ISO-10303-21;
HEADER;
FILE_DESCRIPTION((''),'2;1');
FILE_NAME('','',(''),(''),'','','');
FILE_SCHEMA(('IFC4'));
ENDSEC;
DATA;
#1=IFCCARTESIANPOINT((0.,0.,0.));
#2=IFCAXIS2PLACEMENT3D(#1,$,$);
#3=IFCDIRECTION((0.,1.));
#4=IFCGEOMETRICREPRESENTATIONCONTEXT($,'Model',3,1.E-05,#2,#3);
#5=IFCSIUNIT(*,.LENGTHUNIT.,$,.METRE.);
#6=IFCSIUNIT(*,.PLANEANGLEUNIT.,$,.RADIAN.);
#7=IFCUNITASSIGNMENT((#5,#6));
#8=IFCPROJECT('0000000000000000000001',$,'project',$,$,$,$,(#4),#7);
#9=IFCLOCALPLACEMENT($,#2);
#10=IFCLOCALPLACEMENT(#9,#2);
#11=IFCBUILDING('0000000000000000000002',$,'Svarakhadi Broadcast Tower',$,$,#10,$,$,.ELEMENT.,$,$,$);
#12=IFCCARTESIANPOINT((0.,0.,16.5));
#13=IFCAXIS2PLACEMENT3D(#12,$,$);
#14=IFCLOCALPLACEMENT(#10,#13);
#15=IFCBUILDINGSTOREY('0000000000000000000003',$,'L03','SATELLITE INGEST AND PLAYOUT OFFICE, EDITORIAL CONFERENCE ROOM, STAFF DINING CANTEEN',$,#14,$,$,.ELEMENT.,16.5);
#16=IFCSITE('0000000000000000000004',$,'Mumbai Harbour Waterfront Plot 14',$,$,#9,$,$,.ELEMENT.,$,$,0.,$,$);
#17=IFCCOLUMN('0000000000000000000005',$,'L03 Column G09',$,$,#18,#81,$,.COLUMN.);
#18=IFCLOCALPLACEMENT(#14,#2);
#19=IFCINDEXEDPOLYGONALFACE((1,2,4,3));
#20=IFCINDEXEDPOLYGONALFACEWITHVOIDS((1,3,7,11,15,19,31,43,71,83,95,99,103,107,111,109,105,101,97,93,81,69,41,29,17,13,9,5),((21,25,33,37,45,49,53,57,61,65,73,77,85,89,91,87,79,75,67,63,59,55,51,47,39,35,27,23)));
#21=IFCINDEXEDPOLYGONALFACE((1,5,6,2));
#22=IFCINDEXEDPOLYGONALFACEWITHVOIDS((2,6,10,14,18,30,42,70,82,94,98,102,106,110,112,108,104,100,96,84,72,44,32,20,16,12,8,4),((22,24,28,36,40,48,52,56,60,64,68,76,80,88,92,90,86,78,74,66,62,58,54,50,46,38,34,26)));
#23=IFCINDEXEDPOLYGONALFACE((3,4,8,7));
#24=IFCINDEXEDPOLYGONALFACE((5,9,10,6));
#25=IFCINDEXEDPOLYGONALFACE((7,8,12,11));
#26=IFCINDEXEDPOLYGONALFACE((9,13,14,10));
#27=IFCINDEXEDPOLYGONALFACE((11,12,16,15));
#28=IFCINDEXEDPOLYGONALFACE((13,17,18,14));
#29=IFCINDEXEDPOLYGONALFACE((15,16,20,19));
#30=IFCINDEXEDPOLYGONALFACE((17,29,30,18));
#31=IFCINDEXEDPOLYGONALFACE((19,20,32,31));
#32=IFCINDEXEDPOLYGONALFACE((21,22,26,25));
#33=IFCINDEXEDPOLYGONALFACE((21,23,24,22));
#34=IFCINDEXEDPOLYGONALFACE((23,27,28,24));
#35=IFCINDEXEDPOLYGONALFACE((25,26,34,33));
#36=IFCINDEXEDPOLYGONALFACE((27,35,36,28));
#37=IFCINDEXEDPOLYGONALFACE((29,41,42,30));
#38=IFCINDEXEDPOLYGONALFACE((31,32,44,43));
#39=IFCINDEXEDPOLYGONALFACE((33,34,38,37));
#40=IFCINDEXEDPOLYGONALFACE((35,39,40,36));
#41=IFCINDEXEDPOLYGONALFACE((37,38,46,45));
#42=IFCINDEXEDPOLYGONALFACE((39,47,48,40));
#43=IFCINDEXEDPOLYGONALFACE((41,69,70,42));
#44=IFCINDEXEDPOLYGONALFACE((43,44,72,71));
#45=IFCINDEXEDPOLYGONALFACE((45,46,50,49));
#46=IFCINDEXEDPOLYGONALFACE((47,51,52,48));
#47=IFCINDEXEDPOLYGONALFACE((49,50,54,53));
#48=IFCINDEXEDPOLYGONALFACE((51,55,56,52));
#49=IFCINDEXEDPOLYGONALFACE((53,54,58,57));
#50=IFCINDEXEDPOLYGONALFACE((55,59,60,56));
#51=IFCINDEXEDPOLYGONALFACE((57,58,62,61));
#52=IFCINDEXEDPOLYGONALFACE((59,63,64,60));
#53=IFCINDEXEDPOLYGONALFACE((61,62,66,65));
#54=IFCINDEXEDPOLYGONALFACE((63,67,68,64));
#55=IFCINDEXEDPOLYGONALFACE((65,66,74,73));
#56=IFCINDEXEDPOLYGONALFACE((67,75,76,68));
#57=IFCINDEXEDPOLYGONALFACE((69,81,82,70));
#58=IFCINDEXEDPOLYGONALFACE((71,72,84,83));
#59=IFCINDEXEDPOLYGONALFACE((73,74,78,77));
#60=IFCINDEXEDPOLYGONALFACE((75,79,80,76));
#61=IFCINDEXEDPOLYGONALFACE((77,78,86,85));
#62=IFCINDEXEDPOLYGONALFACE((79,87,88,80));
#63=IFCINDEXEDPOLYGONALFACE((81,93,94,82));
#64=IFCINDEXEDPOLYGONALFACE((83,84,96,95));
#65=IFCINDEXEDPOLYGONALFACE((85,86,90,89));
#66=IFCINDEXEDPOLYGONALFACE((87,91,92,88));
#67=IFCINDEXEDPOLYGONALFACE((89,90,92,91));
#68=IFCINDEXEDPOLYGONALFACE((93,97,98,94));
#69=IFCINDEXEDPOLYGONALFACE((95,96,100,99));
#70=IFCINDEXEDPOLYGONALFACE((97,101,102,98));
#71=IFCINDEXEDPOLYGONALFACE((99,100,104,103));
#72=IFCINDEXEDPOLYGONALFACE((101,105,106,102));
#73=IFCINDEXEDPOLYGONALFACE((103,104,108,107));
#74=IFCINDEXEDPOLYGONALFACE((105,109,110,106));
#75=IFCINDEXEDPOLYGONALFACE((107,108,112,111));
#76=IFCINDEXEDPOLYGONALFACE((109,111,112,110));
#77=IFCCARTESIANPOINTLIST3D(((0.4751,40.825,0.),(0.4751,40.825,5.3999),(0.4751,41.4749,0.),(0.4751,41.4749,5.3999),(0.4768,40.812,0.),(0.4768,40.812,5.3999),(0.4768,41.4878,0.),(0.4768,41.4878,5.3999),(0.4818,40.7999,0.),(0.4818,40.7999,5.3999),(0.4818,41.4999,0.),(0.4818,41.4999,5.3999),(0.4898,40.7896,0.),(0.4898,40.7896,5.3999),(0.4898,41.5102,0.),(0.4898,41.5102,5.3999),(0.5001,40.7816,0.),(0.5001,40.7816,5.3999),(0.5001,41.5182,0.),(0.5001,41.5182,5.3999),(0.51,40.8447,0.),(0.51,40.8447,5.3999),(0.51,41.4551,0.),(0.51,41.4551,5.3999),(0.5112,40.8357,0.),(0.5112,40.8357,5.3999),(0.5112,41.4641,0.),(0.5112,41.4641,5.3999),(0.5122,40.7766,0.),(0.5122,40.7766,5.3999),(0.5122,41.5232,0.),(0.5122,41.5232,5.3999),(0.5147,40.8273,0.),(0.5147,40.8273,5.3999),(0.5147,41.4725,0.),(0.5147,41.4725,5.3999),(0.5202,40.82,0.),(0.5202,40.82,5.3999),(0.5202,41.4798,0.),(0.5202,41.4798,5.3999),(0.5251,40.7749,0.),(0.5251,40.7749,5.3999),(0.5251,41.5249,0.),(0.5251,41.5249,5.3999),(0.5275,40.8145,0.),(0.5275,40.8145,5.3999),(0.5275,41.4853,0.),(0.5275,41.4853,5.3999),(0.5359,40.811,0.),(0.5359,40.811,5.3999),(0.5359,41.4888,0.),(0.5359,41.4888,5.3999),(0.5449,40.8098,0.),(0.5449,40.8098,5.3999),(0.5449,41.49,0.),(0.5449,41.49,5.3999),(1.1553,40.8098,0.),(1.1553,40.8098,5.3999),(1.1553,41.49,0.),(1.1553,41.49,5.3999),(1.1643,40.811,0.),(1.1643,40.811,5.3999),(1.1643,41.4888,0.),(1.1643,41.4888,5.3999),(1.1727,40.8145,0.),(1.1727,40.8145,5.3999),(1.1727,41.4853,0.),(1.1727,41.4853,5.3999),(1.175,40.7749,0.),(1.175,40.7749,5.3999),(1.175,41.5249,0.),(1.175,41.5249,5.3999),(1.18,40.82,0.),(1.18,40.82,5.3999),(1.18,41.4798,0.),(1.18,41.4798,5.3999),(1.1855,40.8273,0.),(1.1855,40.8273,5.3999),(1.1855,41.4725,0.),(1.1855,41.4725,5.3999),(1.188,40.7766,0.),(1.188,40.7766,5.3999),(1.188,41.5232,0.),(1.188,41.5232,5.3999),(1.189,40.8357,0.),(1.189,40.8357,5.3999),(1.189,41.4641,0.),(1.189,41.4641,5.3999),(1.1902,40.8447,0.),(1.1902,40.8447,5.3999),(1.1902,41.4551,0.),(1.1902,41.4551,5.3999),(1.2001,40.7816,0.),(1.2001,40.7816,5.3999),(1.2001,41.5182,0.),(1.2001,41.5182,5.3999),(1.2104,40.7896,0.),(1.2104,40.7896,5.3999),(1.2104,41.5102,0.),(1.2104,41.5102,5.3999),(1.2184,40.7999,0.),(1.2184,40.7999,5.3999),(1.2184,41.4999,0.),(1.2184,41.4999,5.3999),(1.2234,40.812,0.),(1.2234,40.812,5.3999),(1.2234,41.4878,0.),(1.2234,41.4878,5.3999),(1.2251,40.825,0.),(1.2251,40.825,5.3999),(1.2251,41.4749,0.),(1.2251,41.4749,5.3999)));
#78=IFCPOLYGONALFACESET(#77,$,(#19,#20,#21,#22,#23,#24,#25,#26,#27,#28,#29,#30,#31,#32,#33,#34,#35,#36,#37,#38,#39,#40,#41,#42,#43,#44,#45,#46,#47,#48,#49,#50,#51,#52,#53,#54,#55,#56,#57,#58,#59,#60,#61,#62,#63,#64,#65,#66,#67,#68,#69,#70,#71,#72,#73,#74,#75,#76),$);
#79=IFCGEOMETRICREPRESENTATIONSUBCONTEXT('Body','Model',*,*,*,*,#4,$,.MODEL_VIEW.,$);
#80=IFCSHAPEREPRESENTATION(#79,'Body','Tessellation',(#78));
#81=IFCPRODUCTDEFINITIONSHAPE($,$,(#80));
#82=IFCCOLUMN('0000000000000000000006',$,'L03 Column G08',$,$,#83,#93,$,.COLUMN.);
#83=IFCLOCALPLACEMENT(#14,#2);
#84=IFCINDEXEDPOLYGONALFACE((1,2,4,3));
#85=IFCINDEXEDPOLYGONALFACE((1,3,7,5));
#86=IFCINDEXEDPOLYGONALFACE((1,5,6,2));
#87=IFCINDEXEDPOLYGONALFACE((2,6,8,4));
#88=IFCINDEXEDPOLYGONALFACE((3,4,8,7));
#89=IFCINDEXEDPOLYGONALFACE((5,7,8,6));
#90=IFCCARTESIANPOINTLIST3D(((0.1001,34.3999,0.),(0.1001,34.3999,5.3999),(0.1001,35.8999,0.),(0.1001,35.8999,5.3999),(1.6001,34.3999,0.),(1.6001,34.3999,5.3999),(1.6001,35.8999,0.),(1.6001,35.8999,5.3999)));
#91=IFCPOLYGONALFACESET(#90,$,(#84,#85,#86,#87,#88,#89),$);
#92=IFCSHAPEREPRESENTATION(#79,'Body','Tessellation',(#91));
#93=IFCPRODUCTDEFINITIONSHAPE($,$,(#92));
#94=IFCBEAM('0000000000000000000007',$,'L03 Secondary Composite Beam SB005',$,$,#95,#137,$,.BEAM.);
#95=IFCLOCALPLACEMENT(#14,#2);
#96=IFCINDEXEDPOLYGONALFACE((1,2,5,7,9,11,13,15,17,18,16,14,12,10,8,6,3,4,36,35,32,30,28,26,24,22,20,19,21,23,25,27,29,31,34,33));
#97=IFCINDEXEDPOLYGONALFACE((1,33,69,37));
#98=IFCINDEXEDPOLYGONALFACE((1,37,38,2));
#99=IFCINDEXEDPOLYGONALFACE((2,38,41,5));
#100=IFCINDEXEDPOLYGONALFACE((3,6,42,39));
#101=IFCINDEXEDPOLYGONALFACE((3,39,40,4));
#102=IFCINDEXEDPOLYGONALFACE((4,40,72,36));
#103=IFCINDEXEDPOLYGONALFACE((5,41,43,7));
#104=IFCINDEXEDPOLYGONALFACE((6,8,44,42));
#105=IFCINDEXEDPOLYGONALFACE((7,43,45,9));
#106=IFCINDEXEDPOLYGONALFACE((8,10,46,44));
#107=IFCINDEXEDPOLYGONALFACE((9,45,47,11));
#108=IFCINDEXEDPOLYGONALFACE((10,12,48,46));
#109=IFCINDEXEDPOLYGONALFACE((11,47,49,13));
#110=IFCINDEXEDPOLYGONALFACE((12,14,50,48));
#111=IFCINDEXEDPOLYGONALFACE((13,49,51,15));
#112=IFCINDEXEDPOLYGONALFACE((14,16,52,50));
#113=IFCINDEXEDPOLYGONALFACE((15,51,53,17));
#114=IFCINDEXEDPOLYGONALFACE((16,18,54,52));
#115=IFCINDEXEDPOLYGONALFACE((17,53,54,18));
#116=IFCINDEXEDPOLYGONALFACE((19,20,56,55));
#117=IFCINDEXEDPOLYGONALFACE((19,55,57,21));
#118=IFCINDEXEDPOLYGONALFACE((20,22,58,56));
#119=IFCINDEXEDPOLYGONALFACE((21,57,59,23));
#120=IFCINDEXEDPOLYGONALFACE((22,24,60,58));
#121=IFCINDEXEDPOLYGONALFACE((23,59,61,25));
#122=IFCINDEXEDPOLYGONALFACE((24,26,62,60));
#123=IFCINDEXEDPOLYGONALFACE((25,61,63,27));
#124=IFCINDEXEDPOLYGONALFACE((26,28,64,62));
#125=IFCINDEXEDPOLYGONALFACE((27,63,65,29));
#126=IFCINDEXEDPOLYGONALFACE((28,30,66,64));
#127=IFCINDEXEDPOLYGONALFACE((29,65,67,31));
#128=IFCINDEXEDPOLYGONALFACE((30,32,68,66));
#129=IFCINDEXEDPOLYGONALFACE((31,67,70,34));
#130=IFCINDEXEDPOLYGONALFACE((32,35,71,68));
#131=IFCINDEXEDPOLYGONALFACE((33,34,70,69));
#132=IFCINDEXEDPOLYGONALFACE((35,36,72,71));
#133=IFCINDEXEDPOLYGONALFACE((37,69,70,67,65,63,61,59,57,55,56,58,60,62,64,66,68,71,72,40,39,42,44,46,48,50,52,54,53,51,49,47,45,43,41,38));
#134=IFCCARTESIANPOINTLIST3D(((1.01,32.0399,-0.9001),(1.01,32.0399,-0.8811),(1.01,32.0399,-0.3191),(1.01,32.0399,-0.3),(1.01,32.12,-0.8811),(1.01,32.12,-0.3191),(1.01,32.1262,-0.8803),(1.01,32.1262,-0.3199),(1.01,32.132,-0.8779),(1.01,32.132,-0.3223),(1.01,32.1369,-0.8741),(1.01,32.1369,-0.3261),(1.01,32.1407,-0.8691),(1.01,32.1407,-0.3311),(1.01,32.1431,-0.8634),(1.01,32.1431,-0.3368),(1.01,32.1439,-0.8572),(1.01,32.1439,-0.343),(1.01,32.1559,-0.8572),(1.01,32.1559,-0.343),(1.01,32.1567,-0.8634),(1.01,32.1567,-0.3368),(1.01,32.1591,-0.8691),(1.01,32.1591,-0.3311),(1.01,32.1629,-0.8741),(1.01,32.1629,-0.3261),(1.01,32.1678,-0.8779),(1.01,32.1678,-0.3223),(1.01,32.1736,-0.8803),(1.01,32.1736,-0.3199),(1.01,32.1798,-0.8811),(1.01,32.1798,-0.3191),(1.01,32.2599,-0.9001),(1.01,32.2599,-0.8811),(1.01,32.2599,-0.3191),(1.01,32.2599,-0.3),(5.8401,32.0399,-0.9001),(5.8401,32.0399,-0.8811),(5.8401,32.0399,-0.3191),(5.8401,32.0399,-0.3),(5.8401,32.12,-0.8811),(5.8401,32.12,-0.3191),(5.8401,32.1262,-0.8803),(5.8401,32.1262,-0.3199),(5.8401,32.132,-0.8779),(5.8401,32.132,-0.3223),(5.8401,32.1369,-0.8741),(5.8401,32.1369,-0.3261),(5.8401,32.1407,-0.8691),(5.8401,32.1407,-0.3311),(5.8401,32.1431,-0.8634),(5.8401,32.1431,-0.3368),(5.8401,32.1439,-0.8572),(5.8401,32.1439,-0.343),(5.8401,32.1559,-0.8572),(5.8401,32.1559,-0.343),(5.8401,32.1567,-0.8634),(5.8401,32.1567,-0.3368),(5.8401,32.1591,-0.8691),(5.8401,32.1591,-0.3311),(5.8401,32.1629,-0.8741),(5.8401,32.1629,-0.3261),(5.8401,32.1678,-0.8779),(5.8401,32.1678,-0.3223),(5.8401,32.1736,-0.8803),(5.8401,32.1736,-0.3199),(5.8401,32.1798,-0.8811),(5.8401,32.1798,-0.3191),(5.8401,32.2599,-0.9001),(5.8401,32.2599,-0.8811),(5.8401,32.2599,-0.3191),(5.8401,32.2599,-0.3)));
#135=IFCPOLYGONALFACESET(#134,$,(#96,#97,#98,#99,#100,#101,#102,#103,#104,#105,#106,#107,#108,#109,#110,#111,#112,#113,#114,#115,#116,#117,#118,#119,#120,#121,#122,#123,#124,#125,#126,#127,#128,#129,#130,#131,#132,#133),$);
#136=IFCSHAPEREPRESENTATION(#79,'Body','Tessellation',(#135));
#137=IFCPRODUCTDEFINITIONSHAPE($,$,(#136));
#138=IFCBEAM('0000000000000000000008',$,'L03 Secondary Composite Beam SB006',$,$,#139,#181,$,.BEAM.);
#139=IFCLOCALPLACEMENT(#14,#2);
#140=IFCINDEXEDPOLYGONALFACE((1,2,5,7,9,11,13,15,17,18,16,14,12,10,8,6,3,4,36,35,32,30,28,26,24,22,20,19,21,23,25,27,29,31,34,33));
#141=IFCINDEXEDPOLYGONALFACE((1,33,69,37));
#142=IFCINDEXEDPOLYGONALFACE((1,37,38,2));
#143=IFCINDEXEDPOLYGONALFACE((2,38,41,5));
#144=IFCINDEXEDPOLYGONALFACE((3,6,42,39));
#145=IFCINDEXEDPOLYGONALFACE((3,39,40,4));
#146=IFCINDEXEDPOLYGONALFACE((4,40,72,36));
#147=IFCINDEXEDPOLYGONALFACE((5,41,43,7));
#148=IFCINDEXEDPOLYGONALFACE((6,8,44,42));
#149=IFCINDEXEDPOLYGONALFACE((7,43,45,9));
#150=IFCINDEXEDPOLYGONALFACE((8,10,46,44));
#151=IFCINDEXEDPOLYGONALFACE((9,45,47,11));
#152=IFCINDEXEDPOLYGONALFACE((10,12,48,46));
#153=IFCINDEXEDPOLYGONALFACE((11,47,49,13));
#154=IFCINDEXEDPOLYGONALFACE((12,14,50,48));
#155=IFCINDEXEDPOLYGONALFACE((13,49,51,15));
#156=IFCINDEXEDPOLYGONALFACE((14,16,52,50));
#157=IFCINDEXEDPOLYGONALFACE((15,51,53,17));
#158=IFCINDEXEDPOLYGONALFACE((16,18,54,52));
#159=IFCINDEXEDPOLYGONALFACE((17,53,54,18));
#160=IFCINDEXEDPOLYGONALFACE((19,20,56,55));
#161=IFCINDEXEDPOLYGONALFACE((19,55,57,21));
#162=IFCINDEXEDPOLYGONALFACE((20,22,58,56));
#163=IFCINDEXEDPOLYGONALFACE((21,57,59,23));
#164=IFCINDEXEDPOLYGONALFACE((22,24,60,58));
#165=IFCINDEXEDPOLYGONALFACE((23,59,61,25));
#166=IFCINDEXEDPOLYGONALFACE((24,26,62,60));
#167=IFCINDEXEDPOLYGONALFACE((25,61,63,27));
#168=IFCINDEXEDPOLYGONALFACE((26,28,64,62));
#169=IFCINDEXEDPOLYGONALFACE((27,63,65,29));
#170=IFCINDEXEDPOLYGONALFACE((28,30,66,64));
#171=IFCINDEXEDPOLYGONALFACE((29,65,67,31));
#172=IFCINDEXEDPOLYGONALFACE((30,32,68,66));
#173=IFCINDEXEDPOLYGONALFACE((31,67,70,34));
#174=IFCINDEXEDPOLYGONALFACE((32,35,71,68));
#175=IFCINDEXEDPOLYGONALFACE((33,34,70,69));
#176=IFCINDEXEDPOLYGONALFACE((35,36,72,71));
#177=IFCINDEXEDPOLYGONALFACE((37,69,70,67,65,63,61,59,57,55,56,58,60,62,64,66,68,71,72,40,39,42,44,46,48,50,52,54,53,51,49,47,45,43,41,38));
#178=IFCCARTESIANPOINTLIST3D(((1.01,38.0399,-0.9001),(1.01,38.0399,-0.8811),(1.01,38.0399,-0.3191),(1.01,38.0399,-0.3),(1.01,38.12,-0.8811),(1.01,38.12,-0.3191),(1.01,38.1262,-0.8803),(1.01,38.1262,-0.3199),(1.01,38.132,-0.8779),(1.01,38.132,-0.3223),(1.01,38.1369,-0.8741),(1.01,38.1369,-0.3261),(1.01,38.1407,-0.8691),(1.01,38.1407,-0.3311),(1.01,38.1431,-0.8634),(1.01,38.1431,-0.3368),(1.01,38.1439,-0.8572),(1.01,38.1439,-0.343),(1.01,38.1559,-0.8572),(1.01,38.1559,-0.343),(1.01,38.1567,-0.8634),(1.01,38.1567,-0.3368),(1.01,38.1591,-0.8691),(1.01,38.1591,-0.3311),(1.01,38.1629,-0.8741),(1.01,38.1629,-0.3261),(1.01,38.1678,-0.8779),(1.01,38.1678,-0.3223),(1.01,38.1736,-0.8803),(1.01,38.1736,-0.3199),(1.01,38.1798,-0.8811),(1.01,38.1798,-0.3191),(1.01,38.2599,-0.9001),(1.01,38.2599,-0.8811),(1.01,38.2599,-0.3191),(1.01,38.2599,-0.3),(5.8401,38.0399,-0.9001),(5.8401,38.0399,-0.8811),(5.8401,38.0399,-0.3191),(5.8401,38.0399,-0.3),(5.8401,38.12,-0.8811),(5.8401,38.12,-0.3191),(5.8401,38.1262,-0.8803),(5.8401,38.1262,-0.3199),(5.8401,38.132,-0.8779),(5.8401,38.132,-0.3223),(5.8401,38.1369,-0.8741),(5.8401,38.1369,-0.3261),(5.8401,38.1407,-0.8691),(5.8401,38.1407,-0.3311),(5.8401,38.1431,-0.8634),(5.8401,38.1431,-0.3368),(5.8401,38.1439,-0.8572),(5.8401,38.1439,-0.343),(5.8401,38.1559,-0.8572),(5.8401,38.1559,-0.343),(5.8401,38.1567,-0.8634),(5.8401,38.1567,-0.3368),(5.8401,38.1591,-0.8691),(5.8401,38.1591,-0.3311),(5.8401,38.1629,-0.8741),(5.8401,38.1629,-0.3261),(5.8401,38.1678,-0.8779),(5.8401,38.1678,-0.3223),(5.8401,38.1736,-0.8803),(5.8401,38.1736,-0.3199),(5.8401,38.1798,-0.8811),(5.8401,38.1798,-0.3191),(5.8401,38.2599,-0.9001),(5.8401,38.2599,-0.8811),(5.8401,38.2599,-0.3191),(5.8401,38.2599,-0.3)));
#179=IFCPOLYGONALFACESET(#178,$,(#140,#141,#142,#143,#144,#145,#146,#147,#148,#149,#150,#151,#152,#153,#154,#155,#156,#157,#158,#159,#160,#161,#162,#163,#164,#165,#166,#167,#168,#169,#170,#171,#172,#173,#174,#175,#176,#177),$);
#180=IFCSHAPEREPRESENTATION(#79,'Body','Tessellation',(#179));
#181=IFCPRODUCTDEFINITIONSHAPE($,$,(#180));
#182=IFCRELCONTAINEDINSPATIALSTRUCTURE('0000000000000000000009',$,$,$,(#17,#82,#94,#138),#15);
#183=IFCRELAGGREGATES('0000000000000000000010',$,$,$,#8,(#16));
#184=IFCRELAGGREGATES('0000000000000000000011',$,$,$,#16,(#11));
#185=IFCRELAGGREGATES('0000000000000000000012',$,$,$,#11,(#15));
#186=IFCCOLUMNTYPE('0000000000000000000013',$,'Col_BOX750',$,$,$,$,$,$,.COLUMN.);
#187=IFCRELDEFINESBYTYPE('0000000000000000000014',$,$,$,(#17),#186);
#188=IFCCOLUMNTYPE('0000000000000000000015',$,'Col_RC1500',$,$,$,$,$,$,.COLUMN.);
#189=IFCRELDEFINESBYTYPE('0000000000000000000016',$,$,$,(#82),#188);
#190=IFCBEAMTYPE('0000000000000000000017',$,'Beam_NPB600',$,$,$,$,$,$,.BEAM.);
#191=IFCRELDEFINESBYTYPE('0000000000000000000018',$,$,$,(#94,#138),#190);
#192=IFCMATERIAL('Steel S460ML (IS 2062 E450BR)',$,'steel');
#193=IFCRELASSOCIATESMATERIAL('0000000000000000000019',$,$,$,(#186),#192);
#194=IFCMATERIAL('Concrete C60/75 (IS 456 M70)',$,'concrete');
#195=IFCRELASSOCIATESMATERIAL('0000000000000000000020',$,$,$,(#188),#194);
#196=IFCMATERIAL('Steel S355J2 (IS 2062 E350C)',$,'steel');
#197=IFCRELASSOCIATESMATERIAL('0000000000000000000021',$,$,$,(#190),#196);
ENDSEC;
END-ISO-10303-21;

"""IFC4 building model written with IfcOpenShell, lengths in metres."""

from ifc_helpers import new_model, si_unit, direction, frame, origin, origin_2d, place, context, subcontext, project, spatial, rectangle, hollow_rectangle, i_section, extrude, material, material_profile, profile_set, type_object, element, save


model = new_model("IFC4")

# Units and contexts
model_context = context("Model", 3, precision=1e-05, world=origin(), true_north=direction((0.0, 1.0)))
body_context = subcontext(model_context, "Body", "Model", "MODEL_VIEW")
ifc_project = project(units=[si_unit("LENGTHUNIT", "METRE"), si_unit("PLANEANGLEUNIT", "RADIAN")], contexts=[model_context])

# Site, building, storey
site_placement = place(None, origin())
site = spatial("IfcSite", under=ifc_project, at=site_placement, Name="Mumbai Harbour Waterfront Plot 14", CompositionType="ELEMENT", RefElevation=0.0)
building_placement = place(site_placement, origin())
building = spatial("IfcBuilding", under=site, at=building_placement, Name="Svarakhadi Broadcast Tower", CompositionType="ELEMENT")
storey_placement = place(building_placement, frame((0.0, 0.0, 16.5)))
storey = spatial("IfcBuildingStorey", under=building, at=storey_placement, Name="L03", Description="SATELLITE INGEST AND PLAYOUT OFFICE, EDITORIAL CONFERENCE ROOM, STAFF DINING CANTEEN", CompositionType="ELEMENT", Elevation=16.5)

# Columns
ifc_material_1 = material(Name="Steel S460ML (IS 2062 E450BR)", Category="steel")
ifc_material_profile_1 = material_profile(ifc_material_1, hollow_rectangle(XDim=0.75, YDim=0.75, WallThickness=0.0349, InnerFilletRadius=0.0349, OuterFilletRadius=0.05, at=origin_2d()), Name="BOX 750x750x35")
ifc_profile_set_1 = profile_set([ifc_material_profile_1], Name="Steel S460ML (IS 2062 E450BR)")
column_type_1 = type_object("IfcColumnType", Name="Col_BOX750", PredefinedType="COLUMN", material=ifc_profile_set_1)
column_1_placement = place(storey_placement, frame((0.8501, 41.1499, 0.0), z_axis=(0.0, 0.0, 1.0), x_axis=(1.0, 0.0, 0.0)))
element("IfcColumn", 1, at=column_1_placement, inside=storey, type_object=column_type_1, Name="L03 Column G09", PredefinedType="COLUMN", context=body_context, shape_type="SweptSolid", body=[
    extrude(hollow_rectangle(XDim=0.75, YDim=0.75, WallThickness=0.0349, InnerFilletRadius=0.0349, OuterFilletRadius=0.05, at=origin_2d()), origin(), (0.0, 0.0, 1.0), 5.3999),
])
ifc_material_2 = material(Name="Concrete C60/75 (IS 456 M70)", Category="concrete")
ifc_material_profile_2 = material_profile(ifc_material_2, rectangle(XDim=1.5, YDim=1.5, at=origin_2d()), Name="RC 1500x1500")
ifc_profile_set_2 = profile_set([ifc_material_profile_2], Name="Concrete C60/75 (IS 456 M70)")
column_type_2 = type_object("IfcColumnType", Name="Col_RC1500", PredefinedType="COLUMN", material=ifc_profile_set_2)
column_2_placement = place(storey_placement, frame((0.8501, 35.1499, 0.0), z_axis=(0.0, 0.0, 1.0), x_axis=(1.0, 0.0, 0.0)))
element("IfcColumn", 2, at=column_2_placement, inside=storey, type_object=column_type_2, Name="L03 Column G08", PredefinedType="COLUMN", context=body_context, shape_type="SweptSolid", body=[
    extrude(rectangle(XDim=1.5, YDim=1.5, at=origin_2d()), origin(), (0.0, 0.0, 1.0), 5.3999),
])

# Beams
ifc_material_3 = material(Name="Steel S355J2 (IS 2062 E350C)", Category="steel")
ifc_material_profile_3 = material_profile(ifc_material_3, i_section(OverallWidth=0.22, OverallDepth=0.6001, WebThickness=0.012, FlangeThickness=0.019, FilletRadius=0.0239, at=origin_2d()), Name="NPB 600x220x122")
ifc_profile_set_3 = profile_set([ifc_material_profile_3], Name="Steel S355J2 (IS 2062 E350C)")
beam_type_1 = type_object("IfcBeamType", Name="Beam_NPB600", PredefinedType="BEAM", material=ifc_profile_set_3)
for number, where, z_axis, x_axis, name in (
    (3, (1.01, 32.1499, -0.6001), (1.0, 0.0, 0.0), (0.0, 1.0, 0.0), "L03 Secondary Composite Beam SB005"),
    (4, (1.01, 38.1499, -0.6001), (1.0, 0.0, 0.0), (0.0, 1.0, 0.0), "L03 Secondary Composite Beam SB006"),
):
    element("IfcBeam", number, at=place(storey_placement, frame(where, z_axis=z_axis, x_axis=x_axis)), inside=storey, type_object=beam_type_1, Name=name, PredefinedType="BEAM", context=body_context, shape_type="SweptSolid", body=[
        extrude(i_section(OverallWidth=0.22, OverallDepth=0.6001, WebThickness=0.012, FlangeThickness=0.019, FilletRadius=0.0239, at=origin_2d()), origin(), (0.0, 0.0, 1.0), 4.8301),
    ])

save(model, "model.ifc")
